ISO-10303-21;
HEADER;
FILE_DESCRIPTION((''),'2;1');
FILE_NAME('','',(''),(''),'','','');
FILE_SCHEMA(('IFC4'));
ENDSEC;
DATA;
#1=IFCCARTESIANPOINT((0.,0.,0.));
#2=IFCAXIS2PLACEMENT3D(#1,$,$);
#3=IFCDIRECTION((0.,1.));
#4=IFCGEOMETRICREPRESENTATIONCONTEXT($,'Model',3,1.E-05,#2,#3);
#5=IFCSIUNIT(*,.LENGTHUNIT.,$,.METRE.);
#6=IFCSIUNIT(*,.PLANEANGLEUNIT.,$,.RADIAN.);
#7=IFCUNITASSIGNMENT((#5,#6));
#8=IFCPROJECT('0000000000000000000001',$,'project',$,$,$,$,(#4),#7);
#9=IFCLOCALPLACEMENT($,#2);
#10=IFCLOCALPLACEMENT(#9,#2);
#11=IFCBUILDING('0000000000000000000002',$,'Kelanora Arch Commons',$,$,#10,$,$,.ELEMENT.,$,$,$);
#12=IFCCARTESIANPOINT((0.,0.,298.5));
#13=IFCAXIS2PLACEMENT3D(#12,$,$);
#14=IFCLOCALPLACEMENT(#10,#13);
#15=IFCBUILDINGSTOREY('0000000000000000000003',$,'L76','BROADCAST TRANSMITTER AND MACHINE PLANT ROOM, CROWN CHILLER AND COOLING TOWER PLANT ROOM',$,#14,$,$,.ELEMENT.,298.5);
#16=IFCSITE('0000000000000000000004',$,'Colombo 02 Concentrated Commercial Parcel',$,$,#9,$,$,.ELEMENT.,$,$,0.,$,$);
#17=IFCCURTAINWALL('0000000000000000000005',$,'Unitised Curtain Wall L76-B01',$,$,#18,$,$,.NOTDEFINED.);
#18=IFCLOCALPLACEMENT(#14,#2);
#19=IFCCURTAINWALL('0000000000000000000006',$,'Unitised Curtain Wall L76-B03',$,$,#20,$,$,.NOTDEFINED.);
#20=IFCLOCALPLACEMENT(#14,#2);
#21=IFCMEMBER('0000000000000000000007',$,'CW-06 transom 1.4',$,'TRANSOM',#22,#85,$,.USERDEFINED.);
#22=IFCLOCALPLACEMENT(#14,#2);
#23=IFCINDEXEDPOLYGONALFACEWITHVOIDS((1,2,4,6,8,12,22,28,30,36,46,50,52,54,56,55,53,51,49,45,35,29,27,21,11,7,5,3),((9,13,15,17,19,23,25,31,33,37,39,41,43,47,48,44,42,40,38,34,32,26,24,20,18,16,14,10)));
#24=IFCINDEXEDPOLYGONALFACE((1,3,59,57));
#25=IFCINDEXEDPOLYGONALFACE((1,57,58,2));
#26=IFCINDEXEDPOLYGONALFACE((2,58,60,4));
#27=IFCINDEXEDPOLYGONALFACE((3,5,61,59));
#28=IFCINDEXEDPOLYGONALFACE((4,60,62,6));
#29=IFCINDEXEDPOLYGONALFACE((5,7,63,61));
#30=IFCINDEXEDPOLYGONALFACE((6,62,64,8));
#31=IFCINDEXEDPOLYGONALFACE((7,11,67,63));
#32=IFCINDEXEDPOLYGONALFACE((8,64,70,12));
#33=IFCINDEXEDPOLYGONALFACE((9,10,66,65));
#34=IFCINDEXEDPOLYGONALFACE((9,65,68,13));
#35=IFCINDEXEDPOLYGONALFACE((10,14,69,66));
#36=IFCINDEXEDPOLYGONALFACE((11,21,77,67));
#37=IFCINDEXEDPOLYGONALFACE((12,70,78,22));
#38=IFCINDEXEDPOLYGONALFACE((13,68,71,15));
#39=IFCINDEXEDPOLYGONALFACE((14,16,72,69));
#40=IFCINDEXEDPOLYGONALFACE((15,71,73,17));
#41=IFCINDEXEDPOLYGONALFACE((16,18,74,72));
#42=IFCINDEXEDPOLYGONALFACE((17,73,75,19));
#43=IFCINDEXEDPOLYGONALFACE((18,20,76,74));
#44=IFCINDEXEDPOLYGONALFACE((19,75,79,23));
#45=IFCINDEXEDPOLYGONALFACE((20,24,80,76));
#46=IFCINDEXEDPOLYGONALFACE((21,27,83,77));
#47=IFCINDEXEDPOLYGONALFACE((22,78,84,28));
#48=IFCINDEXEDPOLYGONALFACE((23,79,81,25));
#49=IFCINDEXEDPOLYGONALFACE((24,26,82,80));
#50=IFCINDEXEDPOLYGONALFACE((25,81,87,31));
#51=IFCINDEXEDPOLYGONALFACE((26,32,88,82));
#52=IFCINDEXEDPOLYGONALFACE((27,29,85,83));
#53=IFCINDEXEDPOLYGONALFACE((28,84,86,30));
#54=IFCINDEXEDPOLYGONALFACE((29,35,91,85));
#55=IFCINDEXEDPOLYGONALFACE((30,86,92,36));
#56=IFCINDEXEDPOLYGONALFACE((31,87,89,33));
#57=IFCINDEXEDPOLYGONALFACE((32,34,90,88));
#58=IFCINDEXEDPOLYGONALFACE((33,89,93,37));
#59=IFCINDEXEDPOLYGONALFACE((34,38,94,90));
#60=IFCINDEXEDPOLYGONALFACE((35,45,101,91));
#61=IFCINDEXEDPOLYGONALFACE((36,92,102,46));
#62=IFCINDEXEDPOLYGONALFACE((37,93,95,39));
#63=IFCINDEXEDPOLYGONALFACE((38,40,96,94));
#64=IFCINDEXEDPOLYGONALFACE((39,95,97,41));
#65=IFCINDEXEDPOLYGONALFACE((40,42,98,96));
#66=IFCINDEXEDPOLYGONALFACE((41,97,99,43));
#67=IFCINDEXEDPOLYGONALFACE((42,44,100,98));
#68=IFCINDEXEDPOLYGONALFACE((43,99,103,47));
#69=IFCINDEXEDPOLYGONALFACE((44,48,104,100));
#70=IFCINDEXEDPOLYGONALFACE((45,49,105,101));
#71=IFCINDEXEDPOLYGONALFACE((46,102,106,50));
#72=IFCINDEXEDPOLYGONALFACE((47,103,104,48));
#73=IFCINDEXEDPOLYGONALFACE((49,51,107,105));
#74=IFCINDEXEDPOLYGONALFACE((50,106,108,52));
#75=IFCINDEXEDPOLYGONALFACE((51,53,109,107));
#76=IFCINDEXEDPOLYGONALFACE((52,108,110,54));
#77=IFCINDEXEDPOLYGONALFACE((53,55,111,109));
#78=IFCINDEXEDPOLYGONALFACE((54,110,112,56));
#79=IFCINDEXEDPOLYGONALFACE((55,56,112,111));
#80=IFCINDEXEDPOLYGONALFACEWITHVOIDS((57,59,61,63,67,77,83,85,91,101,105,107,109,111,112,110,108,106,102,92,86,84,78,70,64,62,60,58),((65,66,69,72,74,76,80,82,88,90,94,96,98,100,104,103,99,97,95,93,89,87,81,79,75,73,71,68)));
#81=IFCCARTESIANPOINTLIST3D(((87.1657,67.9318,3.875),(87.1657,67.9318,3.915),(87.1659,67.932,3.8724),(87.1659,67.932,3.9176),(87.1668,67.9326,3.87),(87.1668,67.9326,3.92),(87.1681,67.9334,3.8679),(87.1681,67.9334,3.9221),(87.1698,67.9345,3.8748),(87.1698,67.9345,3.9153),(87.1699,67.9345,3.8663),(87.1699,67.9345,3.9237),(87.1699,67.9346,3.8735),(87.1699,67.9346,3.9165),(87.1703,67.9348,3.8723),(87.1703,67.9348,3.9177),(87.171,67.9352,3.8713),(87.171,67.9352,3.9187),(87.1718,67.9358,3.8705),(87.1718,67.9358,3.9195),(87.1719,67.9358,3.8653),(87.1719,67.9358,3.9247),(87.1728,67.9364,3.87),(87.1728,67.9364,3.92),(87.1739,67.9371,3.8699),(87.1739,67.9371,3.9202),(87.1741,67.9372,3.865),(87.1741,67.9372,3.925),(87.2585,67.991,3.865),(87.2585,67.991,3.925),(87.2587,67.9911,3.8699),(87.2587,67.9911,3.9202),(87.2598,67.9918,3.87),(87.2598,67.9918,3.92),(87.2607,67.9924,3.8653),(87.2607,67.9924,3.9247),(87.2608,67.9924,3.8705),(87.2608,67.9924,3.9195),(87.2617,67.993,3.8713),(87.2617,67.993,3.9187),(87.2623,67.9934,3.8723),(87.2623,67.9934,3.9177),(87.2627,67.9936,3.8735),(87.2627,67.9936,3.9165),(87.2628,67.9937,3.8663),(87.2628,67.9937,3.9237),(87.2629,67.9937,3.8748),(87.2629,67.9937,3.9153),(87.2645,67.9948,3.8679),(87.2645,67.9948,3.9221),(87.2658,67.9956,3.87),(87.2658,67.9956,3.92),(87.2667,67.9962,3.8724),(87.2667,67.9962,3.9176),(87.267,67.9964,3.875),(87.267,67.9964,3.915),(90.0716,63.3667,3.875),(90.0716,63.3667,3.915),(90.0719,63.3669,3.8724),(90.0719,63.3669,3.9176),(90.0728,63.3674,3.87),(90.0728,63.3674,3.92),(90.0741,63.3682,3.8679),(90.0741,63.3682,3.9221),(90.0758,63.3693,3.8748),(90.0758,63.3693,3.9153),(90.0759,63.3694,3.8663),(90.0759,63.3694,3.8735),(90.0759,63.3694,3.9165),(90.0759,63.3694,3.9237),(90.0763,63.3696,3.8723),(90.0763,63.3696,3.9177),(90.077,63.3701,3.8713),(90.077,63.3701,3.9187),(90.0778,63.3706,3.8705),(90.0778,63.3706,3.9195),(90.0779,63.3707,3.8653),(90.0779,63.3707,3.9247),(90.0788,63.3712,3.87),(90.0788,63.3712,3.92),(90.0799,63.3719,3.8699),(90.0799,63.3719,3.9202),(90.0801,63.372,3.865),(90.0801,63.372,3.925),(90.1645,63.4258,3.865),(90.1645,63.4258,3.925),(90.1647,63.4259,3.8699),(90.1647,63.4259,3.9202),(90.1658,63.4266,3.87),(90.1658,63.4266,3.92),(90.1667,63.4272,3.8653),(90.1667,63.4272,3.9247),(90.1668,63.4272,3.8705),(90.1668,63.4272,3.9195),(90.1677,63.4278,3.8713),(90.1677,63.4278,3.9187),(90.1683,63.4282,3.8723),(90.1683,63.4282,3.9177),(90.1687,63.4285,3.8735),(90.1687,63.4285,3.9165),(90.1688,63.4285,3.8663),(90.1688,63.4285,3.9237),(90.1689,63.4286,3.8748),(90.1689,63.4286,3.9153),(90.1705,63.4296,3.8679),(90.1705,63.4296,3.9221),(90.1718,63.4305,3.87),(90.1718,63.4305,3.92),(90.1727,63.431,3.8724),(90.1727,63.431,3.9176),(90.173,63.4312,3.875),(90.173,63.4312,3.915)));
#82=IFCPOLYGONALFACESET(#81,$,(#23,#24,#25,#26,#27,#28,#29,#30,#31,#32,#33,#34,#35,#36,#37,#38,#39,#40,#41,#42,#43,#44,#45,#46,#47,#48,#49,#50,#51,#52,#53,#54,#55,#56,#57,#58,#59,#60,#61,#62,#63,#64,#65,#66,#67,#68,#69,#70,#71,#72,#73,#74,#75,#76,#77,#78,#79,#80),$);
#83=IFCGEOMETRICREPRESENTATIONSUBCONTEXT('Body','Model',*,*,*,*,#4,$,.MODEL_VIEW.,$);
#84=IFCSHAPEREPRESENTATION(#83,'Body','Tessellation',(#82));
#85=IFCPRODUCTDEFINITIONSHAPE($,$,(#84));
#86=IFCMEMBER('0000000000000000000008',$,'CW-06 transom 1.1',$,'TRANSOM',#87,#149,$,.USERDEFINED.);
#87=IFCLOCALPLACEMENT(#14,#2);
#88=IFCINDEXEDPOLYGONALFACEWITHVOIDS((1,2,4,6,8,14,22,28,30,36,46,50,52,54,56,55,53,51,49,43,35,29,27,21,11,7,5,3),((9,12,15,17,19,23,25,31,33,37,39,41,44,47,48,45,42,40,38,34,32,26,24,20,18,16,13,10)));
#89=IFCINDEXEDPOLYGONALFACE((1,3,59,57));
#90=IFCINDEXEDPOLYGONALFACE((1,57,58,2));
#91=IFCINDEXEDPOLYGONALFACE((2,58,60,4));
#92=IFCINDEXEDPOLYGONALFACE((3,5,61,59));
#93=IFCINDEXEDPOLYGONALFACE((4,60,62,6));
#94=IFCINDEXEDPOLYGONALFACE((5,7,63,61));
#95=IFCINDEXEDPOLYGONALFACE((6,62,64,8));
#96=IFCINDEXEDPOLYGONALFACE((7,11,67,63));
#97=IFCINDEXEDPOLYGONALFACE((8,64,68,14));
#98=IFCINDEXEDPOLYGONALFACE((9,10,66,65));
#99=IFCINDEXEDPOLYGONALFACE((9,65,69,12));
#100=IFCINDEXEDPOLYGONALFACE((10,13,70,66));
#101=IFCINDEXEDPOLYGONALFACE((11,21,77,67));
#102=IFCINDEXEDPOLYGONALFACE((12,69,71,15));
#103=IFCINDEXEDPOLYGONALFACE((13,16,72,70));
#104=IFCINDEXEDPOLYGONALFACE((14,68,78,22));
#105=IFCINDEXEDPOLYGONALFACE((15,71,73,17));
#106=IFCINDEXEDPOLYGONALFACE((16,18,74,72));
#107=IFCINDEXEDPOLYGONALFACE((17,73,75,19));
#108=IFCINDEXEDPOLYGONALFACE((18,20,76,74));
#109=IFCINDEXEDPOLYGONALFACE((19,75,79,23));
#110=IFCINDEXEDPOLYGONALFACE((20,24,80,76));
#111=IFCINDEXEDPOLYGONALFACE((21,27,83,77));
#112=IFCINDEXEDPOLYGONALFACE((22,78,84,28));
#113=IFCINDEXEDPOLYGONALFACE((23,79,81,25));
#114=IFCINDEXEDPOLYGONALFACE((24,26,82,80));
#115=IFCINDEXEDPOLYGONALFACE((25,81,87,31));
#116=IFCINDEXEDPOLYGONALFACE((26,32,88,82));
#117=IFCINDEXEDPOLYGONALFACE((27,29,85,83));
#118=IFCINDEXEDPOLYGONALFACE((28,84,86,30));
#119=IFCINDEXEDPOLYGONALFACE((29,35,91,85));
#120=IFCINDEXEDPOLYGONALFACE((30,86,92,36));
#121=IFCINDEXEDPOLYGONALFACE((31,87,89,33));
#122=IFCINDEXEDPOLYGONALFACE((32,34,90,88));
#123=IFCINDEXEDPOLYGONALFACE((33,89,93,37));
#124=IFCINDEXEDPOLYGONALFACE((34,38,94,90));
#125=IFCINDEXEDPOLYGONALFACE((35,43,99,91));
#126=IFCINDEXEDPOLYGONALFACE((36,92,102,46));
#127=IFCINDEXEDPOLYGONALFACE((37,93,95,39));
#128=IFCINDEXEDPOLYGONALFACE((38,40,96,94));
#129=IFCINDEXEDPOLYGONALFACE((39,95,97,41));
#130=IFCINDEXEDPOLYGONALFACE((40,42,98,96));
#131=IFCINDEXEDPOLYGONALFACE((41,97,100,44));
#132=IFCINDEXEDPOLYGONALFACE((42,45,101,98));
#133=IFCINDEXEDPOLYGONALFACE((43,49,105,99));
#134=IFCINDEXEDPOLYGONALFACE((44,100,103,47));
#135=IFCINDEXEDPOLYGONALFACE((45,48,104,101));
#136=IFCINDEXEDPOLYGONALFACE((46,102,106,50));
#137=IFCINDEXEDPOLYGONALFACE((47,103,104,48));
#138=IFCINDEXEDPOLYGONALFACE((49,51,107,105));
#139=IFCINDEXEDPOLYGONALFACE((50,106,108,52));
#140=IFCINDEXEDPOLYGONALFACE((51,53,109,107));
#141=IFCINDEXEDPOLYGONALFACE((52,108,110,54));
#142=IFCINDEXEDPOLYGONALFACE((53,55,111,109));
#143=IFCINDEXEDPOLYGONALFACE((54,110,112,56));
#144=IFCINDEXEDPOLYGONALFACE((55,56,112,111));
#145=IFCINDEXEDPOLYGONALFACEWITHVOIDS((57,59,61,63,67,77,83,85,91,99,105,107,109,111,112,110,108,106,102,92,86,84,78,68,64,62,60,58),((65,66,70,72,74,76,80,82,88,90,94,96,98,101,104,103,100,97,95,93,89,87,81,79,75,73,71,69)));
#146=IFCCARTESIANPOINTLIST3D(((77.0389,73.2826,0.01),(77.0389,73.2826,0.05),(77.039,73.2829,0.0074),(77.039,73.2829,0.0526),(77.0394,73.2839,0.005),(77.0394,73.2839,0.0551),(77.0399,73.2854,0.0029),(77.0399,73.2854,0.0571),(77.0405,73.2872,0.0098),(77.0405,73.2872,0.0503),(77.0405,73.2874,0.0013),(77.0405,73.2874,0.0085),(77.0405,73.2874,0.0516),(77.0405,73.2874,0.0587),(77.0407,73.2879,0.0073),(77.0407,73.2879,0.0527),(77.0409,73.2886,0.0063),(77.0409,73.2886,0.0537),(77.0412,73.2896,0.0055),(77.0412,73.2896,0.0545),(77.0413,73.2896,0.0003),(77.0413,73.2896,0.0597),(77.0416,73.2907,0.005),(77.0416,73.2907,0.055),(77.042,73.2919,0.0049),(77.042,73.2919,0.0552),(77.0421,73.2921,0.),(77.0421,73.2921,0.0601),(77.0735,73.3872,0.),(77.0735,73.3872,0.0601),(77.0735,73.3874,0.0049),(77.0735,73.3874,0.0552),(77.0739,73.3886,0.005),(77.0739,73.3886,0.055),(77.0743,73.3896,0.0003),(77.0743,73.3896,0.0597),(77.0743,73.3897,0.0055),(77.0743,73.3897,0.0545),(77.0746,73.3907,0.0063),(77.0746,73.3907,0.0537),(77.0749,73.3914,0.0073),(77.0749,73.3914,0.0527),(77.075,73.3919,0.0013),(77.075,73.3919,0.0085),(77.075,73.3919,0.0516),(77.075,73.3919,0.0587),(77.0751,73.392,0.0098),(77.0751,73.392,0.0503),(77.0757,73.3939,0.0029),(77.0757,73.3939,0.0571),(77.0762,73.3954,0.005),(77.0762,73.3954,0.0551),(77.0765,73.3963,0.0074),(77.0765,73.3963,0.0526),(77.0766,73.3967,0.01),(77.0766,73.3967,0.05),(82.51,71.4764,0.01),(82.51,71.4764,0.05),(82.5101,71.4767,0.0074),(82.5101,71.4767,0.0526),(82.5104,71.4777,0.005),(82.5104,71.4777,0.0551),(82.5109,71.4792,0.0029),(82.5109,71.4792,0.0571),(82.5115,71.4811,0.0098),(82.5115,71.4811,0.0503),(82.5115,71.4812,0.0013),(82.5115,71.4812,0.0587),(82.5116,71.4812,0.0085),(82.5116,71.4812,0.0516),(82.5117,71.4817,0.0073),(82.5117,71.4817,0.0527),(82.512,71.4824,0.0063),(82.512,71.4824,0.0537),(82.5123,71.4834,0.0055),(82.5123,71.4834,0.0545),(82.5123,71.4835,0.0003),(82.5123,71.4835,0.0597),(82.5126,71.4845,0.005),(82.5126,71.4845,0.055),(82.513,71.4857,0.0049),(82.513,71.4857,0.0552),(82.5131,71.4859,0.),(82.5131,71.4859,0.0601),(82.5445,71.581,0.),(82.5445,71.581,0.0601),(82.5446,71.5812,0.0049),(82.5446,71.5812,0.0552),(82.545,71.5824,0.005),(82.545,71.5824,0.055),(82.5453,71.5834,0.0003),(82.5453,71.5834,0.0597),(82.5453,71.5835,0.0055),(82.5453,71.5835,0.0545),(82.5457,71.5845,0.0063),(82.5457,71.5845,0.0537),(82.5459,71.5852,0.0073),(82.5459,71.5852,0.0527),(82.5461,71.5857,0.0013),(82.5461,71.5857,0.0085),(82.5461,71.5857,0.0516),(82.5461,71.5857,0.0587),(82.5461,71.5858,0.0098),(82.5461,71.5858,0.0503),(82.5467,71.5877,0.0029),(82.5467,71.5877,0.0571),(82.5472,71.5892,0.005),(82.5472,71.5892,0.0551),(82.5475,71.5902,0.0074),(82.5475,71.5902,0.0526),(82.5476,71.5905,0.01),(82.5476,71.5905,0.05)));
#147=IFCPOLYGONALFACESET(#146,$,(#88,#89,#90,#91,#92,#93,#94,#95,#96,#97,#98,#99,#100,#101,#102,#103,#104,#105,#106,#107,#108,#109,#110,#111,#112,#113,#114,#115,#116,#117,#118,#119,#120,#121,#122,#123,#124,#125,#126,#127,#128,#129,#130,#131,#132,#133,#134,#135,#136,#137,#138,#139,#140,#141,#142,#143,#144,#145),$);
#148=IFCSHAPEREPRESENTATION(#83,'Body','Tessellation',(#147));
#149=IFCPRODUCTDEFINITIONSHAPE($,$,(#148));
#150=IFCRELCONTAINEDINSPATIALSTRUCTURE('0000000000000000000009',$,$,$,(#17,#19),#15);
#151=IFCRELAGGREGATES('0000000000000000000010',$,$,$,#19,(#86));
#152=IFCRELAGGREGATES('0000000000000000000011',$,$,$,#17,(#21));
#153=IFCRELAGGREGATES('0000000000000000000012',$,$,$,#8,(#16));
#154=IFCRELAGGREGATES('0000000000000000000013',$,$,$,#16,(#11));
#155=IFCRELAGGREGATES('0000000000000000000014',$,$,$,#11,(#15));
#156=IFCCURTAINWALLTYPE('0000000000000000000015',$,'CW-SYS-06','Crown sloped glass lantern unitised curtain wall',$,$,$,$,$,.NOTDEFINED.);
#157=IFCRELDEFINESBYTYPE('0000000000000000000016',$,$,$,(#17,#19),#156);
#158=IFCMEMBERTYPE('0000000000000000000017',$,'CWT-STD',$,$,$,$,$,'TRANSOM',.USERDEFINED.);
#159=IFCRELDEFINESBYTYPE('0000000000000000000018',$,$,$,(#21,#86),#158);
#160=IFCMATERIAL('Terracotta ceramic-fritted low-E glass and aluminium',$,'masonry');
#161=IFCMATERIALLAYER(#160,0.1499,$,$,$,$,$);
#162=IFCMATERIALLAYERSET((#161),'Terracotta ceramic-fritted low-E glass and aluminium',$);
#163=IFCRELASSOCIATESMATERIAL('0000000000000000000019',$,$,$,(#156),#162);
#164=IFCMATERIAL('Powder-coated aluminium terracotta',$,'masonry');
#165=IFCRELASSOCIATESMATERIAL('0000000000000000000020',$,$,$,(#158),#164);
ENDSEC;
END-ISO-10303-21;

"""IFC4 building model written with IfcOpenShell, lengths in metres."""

from ifc_helpers import new_model, si_unit, direction, frame, origin, origin_2d, place, context, subcontext, project, spatial, hollow_rectangle, extrude, material, layer, layer_set, material_profile, profile_set, type_object, element, aggregate, save


model = new_model("IFC4")

# Units and contexts
model_context = context("Model", 3, precision=1e-05, world=origin(), true_north=direction((0.0, 1.0)))
body_context = subcontext(model_context, "Body", "Model", "MODEL_VIEW")
ifc_project = project(units=[si_unit("LENGTHUNIT", "METRE"), si_unit("PLANEANGLEUNIT", "RADIAN")], contexts=[model_context])

# Site, building, storey
site_placement = place(None, origin())
site = spatial("IfcSite", under=ifc_project, at=site_placement, Name="Colombo 02 Concentrated Commercial Parcel", CompositionType="ELEMENT", RefElevation=0.0)
building_placement = place(site_placement, origin())
building = spatial("IfcBuilding", under=site, at=building_placement, Name="Kelanora Arch Commons", CompositionType="ELEMENT")
storey_placement = place(building_placement, frame((0.0, 0.0, 298.5)))
storey = spatial("IfcBuildingStorey", under=building, at=storey_placement, Name="L76", Description="BROADCAST TRANSMITTER AND MACHINE PLANT ROOM, CROWN CHILLER AND COOLING TOWER PLANT ROOM", CompositionType="ELEMENT", Elevation=298.5)

# Curtain walls
ifc_material_1 = material(Name="Terracotta ceramic-fritted low-E glass and aluminium", Category="masonry")
ifc_layer_1 = layer(ifc_material_1, 0.1499)
ifc_layer_set_1 = layer_set([ifc_layer_1], Name="Terracotta ceramic-fritted low-E glass and aluminium")
curtain_wall_type = type_object("IfcCurtainWallType", Name="CW-SYS-06", Description="Crown sloped glass lantern unitised curtain wall", PredefinedType="NOTDEFINED", material=ifc_layer_set_1)
curtain_wall_1_placement = place(storey_placement, origin())
curtain_wall_1 = element("IfcCurtainWall", 1, at=curtain_wall_1_placement, inside=storey, type_object=curtain_wall_type, Name="Unitised Curtain Wall L76-B01", PredefinedType="NOTDEFINED")
ifc_material_2 = material(Name="Powder-coated aluminium terracotta", Category="masonry")
curtain_wall_2_placement = place(storey_placement, origin())
curtain_wall_2 = element("IfcCurtainWall", 2, at=curtain_wall_2_placement, inside=storey, type_object=curtain_wall_type, Name="Unitised Curtain Wall L76-B03", PredefinedType="NOTDEFINED")

# Members
ifc_material_profile_1 = material_profile(ifc_material_2, hollow_rectangle(XDim=0.1201, YDim=0.0601, WallThickness=0.0049, InnerFilletRadius=0.0049, OuterFilletRadius=0.01, at=origin_2d()), Name="CWT120x60")
ifc_profile_set_1 = profile_set([ifc_material_profile_1], Name="Powder-coated aluminium terracotta")
member_type_1 = type_object("IfcMemberType", Name="CWT-STD", ElementType="TRANSOM", PredefinedType="USERDEFINED", material=ifc_profile_set_1)
member_1_placement = place(storey_placement, frame((90.1223, 63.3989, 3.895), z_axis=(-0.536992, 0.843587, 0.0), x_axis=(-0.843587, -0.536992, 0.0)))
member_1 = element("IfcMember", 3, at=member_1_placement, type_object=member_type_1, Name="CW-06 transom 1.4", ObjectType="TRANSOM", PredefinedType="USERDEFINED", context=body_context, shape_type="SweptSolid", body=[
    extrude(hollow_rectangle(XDim=0.1201, YDim=0.0601, WallThickness=0.0049, InnerFilletRadius=0.0049, OuterFilletRadius=0.01, at=origin_2d()), origin(), (0.0, 0.0, 1.0), 5.4116),
])
member_2_placement = place(storey_placement, frame((82.5288, 71.5334, 0.03), z_axis=(-0.94959, 0.313493, 0.0), x_axis=(-0.313493, -0.94959, 0.0)))
member_2 = element("IfcMember", 4, at=member_2_placement, type_object=member_type_1, Name="CW-06 transom 1.1", ObjectType="TRANSOM", PredefinedType="USERDEFINED", context=body_context, shape_type="SweptSolid", body=[
    extrude(hollow_rectangle(XDim=0.1201, YDim=0.0601, WallThickness=0.0049, InnerFilletRadius=0.0049, OuterFilletRadius=0.01, at=origin_2d()), origin(), (0.0, 0.0, 1.0), 5.7615),
])
aggregate(curtain_wall_2, [member_2])

aggregate(curtain_wall_1, [member_1])

save(model, "model.ifc")
